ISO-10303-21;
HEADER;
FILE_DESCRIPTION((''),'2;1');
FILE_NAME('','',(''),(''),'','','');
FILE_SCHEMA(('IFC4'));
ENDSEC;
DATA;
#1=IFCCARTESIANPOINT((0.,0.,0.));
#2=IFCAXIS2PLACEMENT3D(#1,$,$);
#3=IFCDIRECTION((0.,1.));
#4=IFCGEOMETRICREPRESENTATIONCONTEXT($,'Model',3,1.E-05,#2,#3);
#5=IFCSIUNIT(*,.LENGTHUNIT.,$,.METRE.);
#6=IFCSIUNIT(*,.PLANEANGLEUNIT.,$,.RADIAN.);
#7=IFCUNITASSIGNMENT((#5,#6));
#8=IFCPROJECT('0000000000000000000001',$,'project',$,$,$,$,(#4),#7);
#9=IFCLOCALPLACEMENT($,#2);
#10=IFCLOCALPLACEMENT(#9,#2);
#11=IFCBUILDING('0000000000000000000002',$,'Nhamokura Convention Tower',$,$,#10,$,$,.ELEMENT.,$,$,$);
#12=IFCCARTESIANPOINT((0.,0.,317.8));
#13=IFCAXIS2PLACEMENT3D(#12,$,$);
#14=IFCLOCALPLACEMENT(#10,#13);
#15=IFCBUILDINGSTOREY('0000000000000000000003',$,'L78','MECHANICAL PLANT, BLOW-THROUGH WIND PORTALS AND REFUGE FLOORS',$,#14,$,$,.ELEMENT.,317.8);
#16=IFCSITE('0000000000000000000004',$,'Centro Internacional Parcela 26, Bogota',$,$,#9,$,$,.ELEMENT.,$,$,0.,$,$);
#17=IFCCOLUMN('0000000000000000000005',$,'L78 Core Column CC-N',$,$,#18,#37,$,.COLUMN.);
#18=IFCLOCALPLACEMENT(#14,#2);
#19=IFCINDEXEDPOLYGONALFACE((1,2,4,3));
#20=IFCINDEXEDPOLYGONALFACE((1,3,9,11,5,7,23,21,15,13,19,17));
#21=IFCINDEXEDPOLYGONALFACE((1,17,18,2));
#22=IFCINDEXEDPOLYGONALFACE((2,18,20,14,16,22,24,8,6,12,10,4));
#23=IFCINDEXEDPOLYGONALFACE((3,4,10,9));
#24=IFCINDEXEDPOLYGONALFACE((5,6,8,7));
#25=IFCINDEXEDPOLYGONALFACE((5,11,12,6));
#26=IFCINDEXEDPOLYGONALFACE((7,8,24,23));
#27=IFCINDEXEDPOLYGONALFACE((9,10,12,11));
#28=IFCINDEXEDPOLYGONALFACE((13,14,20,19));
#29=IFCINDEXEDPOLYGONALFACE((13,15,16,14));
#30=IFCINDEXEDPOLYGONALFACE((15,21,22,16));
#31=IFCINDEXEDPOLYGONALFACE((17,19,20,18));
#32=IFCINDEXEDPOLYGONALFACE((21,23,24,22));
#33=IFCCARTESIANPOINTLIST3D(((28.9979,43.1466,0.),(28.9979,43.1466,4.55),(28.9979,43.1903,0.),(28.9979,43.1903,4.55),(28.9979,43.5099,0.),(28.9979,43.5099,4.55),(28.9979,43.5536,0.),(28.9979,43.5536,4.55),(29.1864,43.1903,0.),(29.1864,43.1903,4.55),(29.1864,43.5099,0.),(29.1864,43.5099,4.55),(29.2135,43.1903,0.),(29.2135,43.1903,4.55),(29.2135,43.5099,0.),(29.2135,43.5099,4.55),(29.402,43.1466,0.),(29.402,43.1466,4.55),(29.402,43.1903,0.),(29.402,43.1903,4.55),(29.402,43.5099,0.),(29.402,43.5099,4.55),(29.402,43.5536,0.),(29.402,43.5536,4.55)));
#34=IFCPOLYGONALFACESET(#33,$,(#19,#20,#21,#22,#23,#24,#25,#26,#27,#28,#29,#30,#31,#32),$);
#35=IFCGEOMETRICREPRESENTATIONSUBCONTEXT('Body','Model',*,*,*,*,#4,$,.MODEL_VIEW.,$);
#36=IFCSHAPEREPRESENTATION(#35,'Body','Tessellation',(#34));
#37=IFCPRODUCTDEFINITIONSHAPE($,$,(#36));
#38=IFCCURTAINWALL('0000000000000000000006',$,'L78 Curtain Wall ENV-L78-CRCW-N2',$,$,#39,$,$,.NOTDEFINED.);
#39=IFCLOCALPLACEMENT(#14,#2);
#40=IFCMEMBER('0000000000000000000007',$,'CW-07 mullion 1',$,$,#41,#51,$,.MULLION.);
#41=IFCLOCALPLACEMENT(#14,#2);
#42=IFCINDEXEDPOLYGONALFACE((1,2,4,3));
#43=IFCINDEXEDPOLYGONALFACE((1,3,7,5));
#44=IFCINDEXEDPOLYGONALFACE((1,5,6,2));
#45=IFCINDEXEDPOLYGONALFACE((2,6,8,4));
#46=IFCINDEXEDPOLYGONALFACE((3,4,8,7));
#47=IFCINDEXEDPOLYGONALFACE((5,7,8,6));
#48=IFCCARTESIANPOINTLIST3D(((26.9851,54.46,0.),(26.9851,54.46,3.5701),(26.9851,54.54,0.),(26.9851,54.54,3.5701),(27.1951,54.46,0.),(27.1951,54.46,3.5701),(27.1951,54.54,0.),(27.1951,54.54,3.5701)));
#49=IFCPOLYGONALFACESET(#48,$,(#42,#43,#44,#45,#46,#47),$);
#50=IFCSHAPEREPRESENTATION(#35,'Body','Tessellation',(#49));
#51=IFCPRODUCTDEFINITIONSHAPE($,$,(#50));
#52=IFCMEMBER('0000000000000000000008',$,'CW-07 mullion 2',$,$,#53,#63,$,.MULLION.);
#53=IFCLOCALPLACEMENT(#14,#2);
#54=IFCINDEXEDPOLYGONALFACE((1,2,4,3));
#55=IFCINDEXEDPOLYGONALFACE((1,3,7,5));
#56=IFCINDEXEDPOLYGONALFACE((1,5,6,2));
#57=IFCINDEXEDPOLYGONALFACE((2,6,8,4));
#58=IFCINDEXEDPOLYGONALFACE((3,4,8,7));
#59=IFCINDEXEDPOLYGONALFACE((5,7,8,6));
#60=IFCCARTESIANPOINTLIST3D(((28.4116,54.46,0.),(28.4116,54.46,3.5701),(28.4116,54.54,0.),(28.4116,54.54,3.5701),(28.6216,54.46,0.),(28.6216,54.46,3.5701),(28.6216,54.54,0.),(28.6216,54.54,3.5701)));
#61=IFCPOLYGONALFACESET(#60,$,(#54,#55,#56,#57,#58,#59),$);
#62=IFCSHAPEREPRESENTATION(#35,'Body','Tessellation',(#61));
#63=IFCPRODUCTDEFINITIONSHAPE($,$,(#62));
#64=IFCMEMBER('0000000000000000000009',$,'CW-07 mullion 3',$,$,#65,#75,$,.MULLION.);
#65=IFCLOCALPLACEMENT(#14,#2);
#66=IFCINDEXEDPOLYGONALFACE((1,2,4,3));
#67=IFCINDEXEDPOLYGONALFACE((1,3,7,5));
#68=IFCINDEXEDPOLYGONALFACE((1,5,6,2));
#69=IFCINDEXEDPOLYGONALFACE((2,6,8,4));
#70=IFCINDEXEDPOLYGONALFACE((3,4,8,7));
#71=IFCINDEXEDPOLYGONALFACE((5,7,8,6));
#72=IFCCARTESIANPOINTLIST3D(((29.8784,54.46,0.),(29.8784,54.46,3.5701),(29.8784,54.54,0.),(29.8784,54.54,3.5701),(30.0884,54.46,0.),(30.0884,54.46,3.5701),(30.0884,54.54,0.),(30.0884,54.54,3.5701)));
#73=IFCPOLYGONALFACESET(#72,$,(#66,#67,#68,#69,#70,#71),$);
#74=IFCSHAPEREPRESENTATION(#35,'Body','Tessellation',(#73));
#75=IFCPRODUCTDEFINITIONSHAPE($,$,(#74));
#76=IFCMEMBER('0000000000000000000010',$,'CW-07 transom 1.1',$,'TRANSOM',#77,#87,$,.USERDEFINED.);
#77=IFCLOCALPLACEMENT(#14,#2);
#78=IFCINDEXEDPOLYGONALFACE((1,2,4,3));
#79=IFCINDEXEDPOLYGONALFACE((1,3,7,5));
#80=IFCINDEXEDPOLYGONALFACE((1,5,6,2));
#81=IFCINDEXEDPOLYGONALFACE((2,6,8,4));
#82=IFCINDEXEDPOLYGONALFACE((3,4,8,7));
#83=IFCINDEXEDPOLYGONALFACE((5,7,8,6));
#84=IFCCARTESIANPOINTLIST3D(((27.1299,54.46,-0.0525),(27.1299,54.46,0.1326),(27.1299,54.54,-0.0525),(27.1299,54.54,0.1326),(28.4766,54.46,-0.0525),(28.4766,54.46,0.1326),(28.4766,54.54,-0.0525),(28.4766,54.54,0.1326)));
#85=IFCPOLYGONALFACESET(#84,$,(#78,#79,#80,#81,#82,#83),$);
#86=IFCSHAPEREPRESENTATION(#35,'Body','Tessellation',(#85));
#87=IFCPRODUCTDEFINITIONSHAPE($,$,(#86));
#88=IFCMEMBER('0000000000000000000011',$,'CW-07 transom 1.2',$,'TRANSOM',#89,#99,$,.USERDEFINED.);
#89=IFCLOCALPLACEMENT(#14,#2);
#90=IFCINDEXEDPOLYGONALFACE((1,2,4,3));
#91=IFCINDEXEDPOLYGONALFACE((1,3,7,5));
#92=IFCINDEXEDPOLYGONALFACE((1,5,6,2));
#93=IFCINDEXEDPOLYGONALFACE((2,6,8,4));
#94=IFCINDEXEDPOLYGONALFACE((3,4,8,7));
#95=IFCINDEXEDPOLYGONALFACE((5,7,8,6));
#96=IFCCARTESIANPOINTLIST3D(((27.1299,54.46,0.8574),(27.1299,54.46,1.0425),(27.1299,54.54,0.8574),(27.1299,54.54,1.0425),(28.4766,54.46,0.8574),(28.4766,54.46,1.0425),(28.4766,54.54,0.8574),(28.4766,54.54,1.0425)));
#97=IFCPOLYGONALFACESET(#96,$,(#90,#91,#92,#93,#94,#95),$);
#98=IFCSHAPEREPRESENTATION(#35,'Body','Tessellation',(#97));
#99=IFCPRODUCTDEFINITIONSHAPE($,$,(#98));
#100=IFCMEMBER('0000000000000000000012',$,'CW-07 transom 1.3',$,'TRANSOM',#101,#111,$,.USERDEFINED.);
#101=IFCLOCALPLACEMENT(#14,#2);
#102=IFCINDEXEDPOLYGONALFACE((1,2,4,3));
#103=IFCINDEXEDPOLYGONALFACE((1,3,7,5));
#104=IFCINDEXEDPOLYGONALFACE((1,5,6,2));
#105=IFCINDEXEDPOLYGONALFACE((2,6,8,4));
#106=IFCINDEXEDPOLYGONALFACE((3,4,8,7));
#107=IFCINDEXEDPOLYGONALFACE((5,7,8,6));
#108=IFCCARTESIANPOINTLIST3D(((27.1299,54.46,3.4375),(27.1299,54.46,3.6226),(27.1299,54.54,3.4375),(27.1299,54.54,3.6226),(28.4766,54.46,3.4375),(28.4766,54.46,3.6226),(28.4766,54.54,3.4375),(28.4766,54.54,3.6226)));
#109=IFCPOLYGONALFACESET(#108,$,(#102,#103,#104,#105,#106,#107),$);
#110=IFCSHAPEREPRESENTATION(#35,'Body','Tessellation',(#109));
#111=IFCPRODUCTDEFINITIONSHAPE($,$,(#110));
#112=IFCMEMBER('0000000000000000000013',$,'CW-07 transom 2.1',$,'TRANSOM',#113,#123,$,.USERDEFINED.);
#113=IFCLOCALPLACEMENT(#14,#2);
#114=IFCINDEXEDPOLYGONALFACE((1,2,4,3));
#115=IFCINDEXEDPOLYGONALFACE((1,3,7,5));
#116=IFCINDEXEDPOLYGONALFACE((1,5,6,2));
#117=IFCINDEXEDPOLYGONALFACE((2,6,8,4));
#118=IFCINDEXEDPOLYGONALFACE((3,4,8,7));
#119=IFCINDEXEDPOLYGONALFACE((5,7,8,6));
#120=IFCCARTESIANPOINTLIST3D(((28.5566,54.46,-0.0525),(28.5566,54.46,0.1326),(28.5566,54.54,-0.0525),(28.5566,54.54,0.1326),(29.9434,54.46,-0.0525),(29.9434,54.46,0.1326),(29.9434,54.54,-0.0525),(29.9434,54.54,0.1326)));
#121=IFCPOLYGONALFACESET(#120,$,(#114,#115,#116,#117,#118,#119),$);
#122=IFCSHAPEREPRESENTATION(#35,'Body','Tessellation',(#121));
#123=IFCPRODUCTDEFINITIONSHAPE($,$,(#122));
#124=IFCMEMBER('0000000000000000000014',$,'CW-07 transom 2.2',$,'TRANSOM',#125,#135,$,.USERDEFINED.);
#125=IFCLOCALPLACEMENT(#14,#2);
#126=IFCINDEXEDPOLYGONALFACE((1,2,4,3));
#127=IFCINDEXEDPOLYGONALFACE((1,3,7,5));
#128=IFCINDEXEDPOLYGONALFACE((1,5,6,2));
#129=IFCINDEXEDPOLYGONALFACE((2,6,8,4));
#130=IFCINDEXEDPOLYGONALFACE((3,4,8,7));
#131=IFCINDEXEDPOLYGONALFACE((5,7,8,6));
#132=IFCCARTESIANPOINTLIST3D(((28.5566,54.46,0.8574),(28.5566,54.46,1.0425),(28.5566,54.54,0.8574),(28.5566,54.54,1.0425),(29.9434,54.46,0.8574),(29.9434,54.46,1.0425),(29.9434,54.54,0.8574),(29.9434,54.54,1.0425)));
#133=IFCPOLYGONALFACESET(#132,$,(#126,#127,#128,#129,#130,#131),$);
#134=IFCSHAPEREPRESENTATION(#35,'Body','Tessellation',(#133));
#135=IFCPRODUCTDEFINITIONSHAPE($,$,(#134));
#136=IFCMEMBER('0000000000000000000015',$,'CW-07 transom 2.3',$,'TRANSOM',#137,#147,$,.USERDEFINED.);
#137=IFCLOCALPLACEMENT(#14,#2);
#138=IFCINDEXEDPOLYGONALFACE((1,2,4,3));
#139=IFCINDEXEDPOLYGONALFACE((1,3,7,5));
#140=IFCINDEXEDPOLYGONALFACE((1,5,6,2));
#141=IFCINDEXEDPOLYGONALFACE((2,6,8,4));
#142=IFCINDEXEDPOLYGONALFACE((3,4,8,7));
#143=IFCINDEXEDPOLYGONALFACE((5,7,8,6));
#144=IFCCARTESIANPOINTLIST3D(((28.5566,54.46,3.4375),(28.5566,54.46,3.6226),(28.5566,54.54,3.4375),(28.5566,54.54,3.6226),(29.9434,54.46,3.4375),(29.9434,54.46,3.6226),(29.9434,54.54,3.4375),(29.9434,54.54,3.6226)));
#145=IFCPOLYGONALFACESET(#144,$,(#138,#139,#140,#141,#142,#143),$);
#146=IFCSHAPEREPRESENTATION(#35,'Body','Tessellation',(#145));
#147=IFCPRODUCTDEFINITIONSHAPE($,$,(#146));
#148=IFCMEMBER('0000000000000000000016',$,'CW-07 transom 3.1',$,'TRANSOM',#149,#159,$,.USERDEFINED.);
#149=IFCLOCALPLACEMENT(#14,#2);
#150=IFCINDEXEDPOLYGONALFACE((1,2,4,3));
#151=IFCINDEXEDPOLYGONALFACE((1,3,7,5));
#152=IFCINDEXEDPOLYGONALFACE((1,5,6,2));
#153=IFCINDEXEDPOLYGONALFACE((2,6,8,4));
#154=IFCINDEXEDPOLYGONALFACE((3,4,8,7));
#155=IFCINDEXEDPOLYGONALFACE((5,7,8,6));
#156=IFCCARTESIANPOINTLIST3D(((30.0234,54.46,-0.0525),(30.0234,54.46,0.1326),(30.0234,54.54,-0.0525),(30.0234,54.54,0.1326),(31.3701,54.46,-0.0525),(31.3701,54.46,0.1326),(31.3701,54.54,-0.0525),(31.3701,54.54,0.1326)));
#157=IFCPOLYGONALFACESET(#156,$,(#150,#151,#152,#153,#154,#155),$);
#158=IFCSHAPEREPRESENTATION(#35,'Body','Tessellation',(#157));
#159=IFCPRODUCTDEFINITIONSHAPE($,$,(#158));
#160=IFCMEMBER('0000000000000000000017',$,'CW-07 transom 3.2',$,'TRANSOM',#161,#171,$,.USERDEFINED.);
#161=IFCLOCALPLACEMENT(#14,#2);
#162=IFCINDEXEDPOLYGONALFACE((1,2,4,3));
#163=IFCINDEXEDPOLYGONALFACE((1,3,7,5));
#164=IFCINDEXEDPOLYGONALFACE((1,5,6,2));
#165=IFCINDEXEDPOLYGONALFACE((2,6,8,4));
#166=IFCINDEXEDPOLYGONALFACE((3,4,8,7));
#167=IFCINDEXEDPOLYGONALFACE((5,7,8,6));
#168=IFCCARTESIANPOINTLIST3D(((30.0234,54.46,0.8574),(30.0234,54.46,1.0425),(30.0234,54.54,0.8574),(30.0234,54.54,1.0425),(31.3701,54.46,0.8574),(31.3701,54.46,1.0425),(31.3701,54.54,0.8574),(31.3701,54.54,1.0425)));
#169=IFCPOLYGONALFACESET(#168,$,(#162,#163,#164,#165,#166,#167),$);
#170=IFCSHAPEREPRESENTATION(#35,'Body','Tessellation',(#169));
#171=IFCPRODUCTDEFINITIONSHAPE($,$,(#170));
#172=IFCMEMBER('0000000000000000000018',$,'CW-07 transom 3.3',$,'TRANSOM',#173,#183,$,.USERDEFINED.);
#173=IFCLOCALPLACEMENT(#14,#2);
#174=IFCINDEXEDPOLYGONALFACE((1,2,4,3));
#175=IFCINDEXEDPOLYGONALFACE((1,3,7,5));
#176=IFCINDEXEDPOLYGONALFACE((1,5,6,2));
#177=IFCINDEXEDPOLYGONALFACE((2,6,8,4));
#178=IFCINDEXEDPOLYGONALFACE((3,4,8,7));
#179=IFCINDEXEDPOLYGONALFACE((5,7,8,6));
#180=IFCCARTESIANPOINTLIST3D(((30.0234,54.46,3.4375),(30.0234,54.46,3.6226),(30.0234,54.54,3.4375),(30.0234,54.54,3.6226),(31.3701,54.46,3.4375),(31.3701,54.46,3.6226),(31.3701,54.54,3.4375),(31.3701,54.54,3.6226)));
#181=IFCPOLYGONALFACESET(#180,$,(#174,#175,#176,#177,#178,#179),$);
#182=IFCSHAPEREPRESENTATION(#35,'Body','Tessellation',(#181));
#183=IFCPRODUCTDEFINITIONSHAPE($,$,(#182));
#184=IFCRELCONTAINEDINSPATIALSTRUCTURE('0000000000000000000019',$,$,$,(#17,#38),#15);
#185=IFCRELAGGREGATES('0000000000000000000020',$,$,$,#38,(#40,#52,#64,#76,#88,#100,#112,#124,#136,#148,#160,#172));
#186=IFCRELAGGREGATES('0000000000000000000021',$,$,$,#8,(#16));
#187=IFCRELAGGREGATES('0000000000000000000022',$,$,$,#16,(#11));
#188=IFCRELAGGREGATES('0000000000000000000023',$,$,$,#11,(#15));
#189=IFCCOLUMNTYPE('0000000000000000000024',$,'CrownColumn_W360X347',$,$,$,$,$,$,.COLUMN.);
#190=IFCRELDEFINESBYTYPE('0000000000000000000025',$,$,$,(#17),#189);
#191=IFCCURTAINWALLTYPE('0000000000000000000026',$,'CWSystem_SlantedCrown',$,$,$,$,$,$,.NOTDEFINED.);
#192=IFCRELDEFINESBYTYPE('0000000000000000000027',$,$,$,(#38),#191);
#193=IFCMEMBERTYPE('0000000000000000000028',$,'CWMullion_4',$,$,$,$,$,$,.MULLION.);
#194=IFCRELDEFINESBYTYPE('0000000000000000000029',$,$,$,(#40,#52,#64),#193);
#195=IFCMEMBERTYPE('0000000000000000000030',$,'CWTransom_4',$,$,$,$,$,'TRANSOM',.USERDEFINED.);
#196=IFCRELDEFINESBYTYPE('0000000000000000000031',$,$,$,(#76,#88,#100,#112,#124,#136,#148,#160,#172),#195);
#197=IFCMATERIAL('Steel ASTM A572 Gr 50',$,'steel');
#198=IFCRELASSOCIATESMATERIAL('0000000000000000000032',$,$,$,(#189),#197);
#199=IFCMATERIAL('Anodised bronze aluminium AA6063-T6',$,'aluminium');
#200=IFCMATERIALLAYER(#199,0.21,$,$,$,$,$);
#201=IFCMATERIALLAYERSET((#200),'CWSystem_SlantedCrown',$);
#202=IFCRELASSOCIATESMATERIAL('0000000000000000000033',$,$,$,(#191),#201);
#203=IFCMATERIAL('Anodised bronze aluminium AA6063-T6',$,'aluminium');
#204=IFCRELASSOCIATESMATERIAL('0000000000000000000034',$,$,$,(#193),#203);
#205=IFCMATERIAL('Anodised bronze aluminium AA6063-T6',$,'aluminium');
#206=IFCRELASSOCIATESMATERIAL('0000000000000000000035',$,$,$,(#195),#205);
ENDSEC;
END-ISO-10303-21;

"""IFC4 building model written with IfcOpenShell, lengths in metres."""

from ifc_helpers import new_model, si_unit, direction, frame, origin, origin_2d, place, context, subcontext, project, spatial, rectangle, i_section, extrude, material, layer, layer_set, material_profile, profile_set, type_object, element, aggregate, save


model = new_model("IFC4")

# Units and contexts
model_context = context("Model", 3, precision=1e-05, world=origin(), true_north=direction((0.0, 1.0)))
body_context = subcontext(model_context, "Body", "Model", "MODEL_VIEW")
ifc_project = project(units=[si_unit("LENGTHUNIT", "METRE"), si_unit("PLANEANGLEUNIT", "RADIAN")], contexts=[model_context])

# Site, building, storey
site_placement = place(None, origin())
site = spatial("IfcSite", under=ifc_project, at=site_placement, Name="Centro Internacional Parcela 26, Bogota", CompositionType="ELEMENT", RefElevation=0.0)
building_placement = place(site_placement, origin())
building = spatial("IfcBuilding", under=site, at=building_placement, Name="Nhamokura Convention Tower", CompositionType="ELEMENT")
storey_placement = place(building_placement, frame((0.0, 0.0, 317.8)))
storey = spatial("IfcBuildingStorey", under=building, at=storey_placement, Name="L78", Description="MECHANICAL PLANT, BLOW-THROUGH WIND PORTALS AND REFUGE FLOORS", CompositionType="ELEMENT", Elevation=317.8)

# Column
ifc_material_1 = material(Name="Steel ASTM A572 Gr 50", Category="steel")
ifc_material_profile_1 = material_profile(ifc_material_1, i_section(OverallWidth=0.4041, OverallDepth=0.407, WebThickness=0.0271, FlangeThickness=0.0437, at=origin_2d()))
ifc_profile_set_1 = profile_set([ifc_material_profile_1], Name="Steel ASTM A572 Gr 50")
column_type = type_object("IfcColumnType", Name="CrownColumn_W360X347", PredefinedType="COLUMN", material=ifc_profile_set_1)
column_placement = place(storey_placement, frame((29.2, 43.3501, 0.0), z_axis=(0.0, 0.0, 1.0), x_axis=(1.0, 0.0, 0.0)))
element("IfcColumn", 1, at=column_placement, inside=storey, type_object=column_type, Name="L78 Core Column CC-N", PredefinedType="COLUMN", context=body_context, shape_type="SweptSolid", body=[
    extrude(i_section(OverallWidth=0.4041, OverallDepth=0.407, WebThickness=0.0271, FlangeThickness=0.0437, at=origin_2d()), origin(), (0.0, 0.0, 1.0), 4.55),
])

# Curtain wall, members
ifc_material_2 = material(Name="Anodised bronze aluminium AA6063-T6", Category="aluminium")
ifc_layer_1 = layer(ifc_material_2, 0.21)
ifc_layer_set_1 = layer_set([ifc_layer_1], Name="CWSystem_SlantedCrown")
curtain_wall_type = type_object("IfcCurtainWallType", Name="CWSystem_SlantedCrown", PredefinedType="NOTDEFINED", material=ifc_layer_set_1)
curtain_wall_placement = place(storey_placement, origin())
curtain_wall = element("IfcCurtainWall", 2, at=curtain_wall_placement, inside=storey, type_object=curtain_wall_type, Name="L78 Curtain Wall ENV-L78-CRCW-N2", PredefinedType="NOTDEFINED")
ifc_material_3 = material(Name="Anodised bronze aluminium AA6063-T6", Category="aluminium")
ifc_material_profile_2 = material_profile(ifc_material_3, rectangle(XDim=0.0801, YDim=0.21, at=origin_2d()))
ifc_profile_set_2 = profile_set([ifc_material_profile_2], Name="Anodised bronze aluminium AA6063-T6")
member_type_1 = type_object("IfcMemberType", Name="CWMullion_4", PredefinedType="MULLION", material=ifc_profile_set_2)
member_1_placement = place(storey_placement, frame((27.0901, 54.5, 0.0), z_axis=(0.0, 0.0, 1.0), x_axis=(0.0, 1.0, 0.0)))
member_1 = element("IfcMember", 3, at=member_1_placement, type_object=member_type_1, Name="CW-07 mullion 1", PredefinedType="MULLION", context=body_context, shape_type="SweptSolid", body=[
    extrude(rectangle(XDim=0.0801, YDim=0.21, at=origin_2d()), origin(), (0.0, 0.0, 1.0), 3.5701),
])
member_2_placement = place(storey_placement, frame((28.5166, 54.5, 0.0), z_axis=(0.0, 0.0, 1.0), x_axis=(0.0, 1.0, 0.0)))
member_2 = element("IfcMember", 4, at=member_2_placement, type_object=member_type_1, Name="CW-07 mullion 2", PredefinedType="MULLION", context=body_context, shape_type="SweptSolid", body=[
    extrude(rectangle(XDim=0.0801, YDim=0.21, at=origin_2d()), origin(), (0.0, 0.0, 1.0), 3.5701),
])
member_3_placement = place(storey_placement, frame((29.9834, 54.5, 0.0), z_axis=(0.0, 0.0, 1.0), x_axis=(0.0, 1.0, 0.0)))
member_3 = element("IfcMember", 5, at=member_3_placement, type_object=member_type_1, Name="CW-07 mullion 3", PredefinedType="MULLION", context=body_context, shape_type="SweptSolid", body=[
    extrude(rectangle(XDim=0.0801, YDim=0.21, at=origin_2d()), origin(), (0.0, 0.0, 1.0), 3.5701),
])
ifc_material_4 = material(Name="Anodised bronze aluminium AA6063-T6", Category="aluminium")
ifc_material_profile_3 = material_profile(ifc_material_4, rectangle(XDim=0.0801, YDim=0.1851, at=origin_2d()))
ifc_profile_set_3 = profile_set([ifc_material_profile_3], Name="Anodised bronze aluminium AA6063-T6")
member_type_2 = type_object("IfcMemberType", Name="CWTransom_4", ElementType="TRANSOM", PredefinedType="USERDEFINED", material=ifc_profile_set_3)
member_4_placement = place(storey_placement, frame((27.1299, 54.5, 0.04), z_axis=(1.0, 0.0, 0.0), x_axis=(0.0, 1.0, 0.0)))
member_4 = element("IfcMember", 6, at=member_4_placement, type_object=member_type_2, Name="CW-07 transom 1.1", ObjectType="TRANSOM", PredefinedType="USERDEFINED", context=body_context, shape_type="SweptSolid", body=[
    extrude(rectangle(XDim=0.0801, YDim=0.1851, at=origin_2d()), origin(), (0.0, 0.0, 1.0), 1.3467),
])
member_5_placement = place(storey_placement, frame((27.1299, 54.5, 0.95), z_axis=(1.0, 0.0, 0.0), x_axis=(0.0, 1.0, 0.0)))
member_5 = element("IfcMember", 7, at=member_5_placement, type_object=member_type_2, Name="CW-07 transom 1.2", ObjectType="TRANSOM", PredefinedType="USERDEFINED", context=body_context, shape_type="SweptSolid", body=[
    extrude(rectangle(XDim=0.0801, YDim=0.1851, at=origin_2d()), origin(), (0.0, 0.0, 1.0), 1.3467),
])
member_6_placement = place(storey_placement, frame((27.1299, 54.5, 3.53), z_axis=(1.0, 0.0, 0.0), x_axis=(0.0, 1.0, 0.0)))
member_6 = element("IfcMember", 8, at=member_6_placement, type_object=member_type_2, Name="CW-07 transom 1.3", ObjectType="TRANSOM", PredefinedType="USERDEFINED", context=body_context, shape_type="SweptSolid", body=[
    extrude(rectangle(XDim=0.0801, YDim=0.1851, at=origin_2d()), origin(), (0.0, 0.0, 1.0), 1.3467),
])
member_7_placement = place(storey_placement, frame((28.5566, 54.5, 0.04), z_axis=(1.0, 0.0, 0.0), x_axis=(0.0, 1.0, 0.0)))
member_7 = element("IfcMember", 9, at=member_7_placement, type_object=member_type_2, Name="CW-07 transom 2.1", ObjectType="TRANSOM", PredefinedType="USERDEFINED", context=body_context, shape_type="SweptSolid", body=[
    extrude(rectangle(XDim=0.0801, YDim=0.1851, at=origin_2d()), origin(), (0.0, 0.0, 1.0), 1.3867),
])
member_8_placement = place(storey_placement, frame((28.5566, 54.5, 0.95), z_axis=(1.0, 0.0, 0.0), x_axis=(0.0, 1.0, 0.0)))
member_8 = element("IfcMember", 10, at=member_8_placement, type_object=member_type_2, Name="CW-07 transom 2.2", ObjectType="TRANSOM", PredefinedType="USERDEFINED", context=body_context, shape_type="SweptSolid", body=[
    extrude(rectangle(XDim=0.0801, YDim=0.1851, at=origin_2d()), origin(), (0.0, 0.0, 1.0), 1.3867),
])
member_9_placement = place(storey_placement, frame((28.5566, 54.5, 3.53), z_axis=(1.0, 0.0, 0.0), x_axis=(0.0, 1.0, 0.0)))
member_9 = element("IfcMember", 11, at=member_9_placement, type_object=member_type_2, Name="CW-07 transom 2.3", ObjectType="TRANSOM", PredefinedType="USERDEFINED", context=body_context, shape_type="SweptSolid", body=[
    extrude(rectangle(XDim=0.0801, YDim=0.1851, at=origin_2d()), origin(), (0.0, 0.0, 1.0), 1.3867),
])
member_10_placement = place(storey_placement, frame((30.0234, 54.5, 0.04), z_axis=(1.0, 0.0, 0.0), x_axis=(0.0, 1.0, 0.0)))
member_10 = element("IfcMember", 12, at=member_10_placement, type_object=member_type_2, Name="CW-07 transom 3.1", ObjectType="TRANSOM", PredefinedType="USERDEFINED", context=body_context, shape_type="SweptSolid", body=[
    extrude(rectangle(XDim=0.0801, YDim=0.1851, at=origin_2d()), origin(), (0.0, 0.0, 1.0), 1.3467),
])
member_11_placement = place(storey_placement, frame((30.0234, 54.5, 0.95), z_axis=(1.0, 0.0, 0.0), x_axis=(0.0, 1.0, 0.0)))
member_11 = element("IfcMember", 13, at=member_11_placement, type_object=member_type_2, Name="CW-07 transom 3.2", ObjectType="TRANSOM", PredefinedType="USERDEFINED", context=body_context, shape_type="SweptSolid", body=[
    extrude(rectangle(XDim=0.0801, YDim=0.1851, at=origin_2d()), origin(), (0.0, 0.0, 1.0), 1.3467),
])
member_12_placement = place(storey_placement, frame((30.0234, 54.5, 3.53), z_axis=(1.0, 0.0, 0.0), x_axis=(0.0, 1.0, 0.0)))
member_12 = element("IfcMember", 14, at=member_12_placement, type_object=member_type_2, Name="CW-07 transom 3.3", ObjectType="TRANSOM", PredefinedType="USERDEFINED", context=body_context, shape_type="SweptSolid", body=[
    extrude(rectangle(XDim=0.0801, YDim=0.1851, at=origin_2d()), origin(), (0.0, 0.0, 1.0), 1.3467),
])

aggregate(curtain_wall, [member_1, member_2, member_3, member_4, member_5, member_6, member_7, member_8, member_9, member_10, member_11, member_12])

save(model, "model.ifc")
